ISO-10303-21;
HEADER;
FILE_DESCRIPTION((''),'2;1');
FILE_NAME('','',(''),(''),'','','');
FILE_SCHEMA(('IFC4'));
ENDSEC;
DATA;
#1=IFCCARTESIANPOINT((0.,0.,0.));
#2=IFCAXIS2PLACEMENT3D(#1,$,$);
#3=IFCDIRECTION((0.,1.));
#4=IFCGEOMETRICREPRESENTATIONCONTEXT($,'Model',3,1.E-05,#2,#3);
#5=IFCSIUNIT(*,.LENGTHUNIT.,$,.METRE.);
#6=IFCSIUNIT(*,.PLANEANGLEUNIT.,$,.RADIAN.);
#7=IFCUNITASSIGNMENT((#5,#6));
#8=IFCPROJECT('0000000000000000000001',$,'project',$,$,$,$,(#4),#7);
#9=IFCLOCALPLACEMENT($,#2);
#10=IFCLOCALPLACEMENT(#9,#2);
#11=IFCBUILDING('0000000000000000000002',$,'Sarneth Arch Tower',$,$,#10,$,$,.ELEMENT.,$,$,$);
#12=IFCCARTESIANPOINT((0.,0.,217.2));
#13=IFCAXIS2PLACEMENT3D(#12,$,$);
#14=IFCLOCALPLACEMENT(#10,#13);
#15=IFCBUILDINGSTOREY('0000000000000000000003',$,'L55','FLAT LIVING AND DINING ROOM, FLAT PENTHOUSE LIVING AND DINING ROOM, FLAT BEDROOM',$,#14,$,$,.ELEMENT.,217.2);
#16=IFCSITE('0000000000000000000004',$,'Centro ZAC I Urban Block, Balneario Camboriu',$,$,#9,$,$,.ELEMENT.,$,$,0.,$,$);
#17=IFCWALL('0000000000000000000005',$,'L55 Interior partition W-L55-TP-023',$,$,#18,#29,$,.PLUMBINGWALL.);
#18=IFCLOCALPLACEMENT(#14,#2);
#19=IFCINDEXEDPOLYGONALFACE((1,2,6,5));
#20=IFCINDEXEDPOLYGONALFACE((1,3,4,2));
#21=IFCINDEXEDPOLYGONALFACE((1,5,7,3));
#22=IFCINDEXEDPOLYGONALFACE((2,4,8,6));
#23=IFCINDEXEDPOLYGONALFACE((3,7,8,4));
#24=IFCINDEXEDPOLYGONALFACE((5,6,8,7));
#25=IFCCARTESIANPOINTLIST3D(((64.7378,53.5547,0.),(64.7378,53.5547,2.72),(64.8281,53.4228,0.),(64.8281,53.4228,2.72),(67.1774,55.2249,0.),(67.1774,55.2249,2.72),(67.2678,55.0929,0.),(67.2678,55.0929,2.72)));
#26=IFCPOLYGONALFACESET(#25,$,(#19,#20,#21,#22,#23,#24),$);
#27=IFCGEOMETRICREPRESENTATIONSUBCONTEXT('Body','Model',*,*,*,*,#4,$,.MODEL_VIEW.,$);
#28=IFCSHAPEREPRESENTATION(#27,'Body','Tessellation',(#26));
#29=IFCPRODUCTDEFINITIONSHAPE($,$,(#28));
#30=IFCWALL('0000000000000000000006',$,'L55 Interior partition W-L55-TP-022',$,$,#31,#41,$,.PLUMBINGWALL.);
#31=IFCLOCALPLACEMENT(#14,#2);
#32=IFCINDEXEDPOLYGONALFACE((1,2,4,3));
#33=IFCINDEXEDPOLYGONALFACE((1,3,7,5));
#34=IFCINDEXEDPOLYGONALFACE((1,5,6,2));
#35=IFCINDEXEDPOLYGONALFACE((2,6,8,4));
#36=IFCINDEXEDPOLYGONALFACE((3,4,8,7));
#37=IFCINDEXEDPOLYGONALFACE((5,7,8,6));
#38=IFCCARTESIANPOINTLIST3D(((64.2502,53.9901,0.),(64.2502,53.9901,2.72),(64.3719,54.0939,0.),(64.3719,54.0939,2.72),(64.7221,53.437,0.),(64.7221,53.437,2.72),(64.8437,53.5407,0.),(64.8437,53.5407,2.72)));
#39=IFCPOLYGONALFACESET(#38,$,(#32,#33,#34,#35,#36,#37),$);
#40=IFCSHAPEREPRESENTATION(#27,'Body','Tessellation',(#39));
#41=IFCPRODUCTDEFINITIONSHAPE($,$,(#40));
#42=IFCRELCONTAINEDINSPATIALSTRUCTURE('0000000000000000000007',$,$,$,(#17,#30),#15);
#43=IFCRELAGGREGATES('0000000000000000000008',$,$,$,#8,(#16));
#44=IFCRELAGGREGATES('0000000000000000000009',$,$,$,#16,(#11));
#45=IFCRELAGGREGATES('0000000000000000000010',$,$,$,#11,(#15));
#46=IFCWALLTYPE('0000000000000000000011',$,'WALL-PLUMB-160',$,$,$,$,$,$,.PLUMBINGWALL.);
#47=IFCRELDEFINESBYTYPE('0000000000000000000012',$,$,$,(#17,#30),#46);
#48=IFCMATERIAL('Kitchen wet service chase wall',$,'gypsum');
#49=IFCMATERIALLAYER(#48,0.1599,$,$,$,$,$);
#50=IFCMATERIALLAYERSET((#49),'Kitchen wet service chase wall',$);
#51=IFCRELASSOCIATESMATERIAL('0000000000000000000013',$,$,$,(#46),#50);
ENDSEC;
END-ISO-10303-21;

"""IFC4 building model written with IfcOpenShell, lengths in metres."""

from ifc_helpers import new_model, si_unit, direction, frame, frame_2d, origin, place, context, subcontext, project, spatial, rectangle, extrude, material, layer, layer_set, type_object, element, save


model = new_model("IFC4")

# Units and contexts
model_context = context("Model", 3, precision=1e-05, world=origin(), true_north=direction((0.0, 1.0)))
body_context = subcontext(model_context, "Body", "Model", "MODEL_VIEW")
ifc_project = project(units=[si_unit("LENGTHUNIT", "METRE"), si_unit("PLANEANGLEUNIT", "RADIAN")], contexts=[model_context])

# Site, building, storey
site_placement = place(None, origin())
site = spatial("IfcSite", under=ifc_project, at=site_placement, Name="Centro ZAC I Urban Block, Balneario Camboriu", CompositionType="ELEMENT", RefElevation=0.0)
building_placement = place(site_placement, origin())
building = spatial("IfcBuilding", under=site, at=building_placement, Name="Sarneth Arch Tower", CompositionType="ELEMENT")
storey_placement = place(building_placement, frame((0.0, 0.0, 217.2)))
storey = spatial("IfcBuildingStorey", under=building, at=storey_placement, Name="L55", Description="FLAT LIVING AND DINING ROOM, FLAT PENTHOUSE LIVING AND DINING ROOM, FLAT BEDROOM", CompositionType="ELEMENT", Elevation=217.2)

# Walls
ifc_material_1 = material(Name="Kitchen wet service chase wall", Category="gypsum")
ifc_layer_1 = layer(ifc_material_1, 0.1599)
ifc_layer_set_1 = layer_set([ifc_layer_1], Name="Kitchen wet service chase wall")
wall_type_1 = type_object("IfcWallType", Name="WALL-PLUMB-160", PredefinedType="PLUMBINGWALL", material=ifc_layer_set_1)
wall_1_placement = place(storey_placement, frame((64.783, 53.4888, 0.0), z_axis=(0.0, 0.0, 1.0), x_axis=(0.825165, 0.564891, 0.0)))
element("IfcWall", 1, at=wall_1_placement, inside=storey, type_object=wall_type_1, Name="L55 Interior partition W-L55-TP-023", PredefinedType="PLUMBINGWALL", context=body_context, shape_type="SweptSolid", body=[
    extrude(rectangle(XDim=2.9565, YDim=0.1599, at=frame_2d((1.4783, 0.0))), origin(), (0.0, 0.0, 1.0), 2.72),
])
wall_2_placement = place(storey_placement, frame((64.311, 54.042, 0.0), z_axis=(0.0, 0.0, 1.0), x_axis=(0.648992, -0.760795, 0.0)))
element("IfcWall", 2, at=wall_2_placement, inside=storey, type_object=wall_type_1, Name="L55 Interior partition W-L55-TP-022", PredefinedType="PLUMBINGWALL", context=body_context, shape_type="SweptSolid", body=[
    extrude(rectangle(XDim=0.7271, YDim=0.1599, at=frame_2d((0.3635, 0.0))), origin(), (0.0, 0.0, 1.0), 2.72),
])

save(model, "model.ifc")
